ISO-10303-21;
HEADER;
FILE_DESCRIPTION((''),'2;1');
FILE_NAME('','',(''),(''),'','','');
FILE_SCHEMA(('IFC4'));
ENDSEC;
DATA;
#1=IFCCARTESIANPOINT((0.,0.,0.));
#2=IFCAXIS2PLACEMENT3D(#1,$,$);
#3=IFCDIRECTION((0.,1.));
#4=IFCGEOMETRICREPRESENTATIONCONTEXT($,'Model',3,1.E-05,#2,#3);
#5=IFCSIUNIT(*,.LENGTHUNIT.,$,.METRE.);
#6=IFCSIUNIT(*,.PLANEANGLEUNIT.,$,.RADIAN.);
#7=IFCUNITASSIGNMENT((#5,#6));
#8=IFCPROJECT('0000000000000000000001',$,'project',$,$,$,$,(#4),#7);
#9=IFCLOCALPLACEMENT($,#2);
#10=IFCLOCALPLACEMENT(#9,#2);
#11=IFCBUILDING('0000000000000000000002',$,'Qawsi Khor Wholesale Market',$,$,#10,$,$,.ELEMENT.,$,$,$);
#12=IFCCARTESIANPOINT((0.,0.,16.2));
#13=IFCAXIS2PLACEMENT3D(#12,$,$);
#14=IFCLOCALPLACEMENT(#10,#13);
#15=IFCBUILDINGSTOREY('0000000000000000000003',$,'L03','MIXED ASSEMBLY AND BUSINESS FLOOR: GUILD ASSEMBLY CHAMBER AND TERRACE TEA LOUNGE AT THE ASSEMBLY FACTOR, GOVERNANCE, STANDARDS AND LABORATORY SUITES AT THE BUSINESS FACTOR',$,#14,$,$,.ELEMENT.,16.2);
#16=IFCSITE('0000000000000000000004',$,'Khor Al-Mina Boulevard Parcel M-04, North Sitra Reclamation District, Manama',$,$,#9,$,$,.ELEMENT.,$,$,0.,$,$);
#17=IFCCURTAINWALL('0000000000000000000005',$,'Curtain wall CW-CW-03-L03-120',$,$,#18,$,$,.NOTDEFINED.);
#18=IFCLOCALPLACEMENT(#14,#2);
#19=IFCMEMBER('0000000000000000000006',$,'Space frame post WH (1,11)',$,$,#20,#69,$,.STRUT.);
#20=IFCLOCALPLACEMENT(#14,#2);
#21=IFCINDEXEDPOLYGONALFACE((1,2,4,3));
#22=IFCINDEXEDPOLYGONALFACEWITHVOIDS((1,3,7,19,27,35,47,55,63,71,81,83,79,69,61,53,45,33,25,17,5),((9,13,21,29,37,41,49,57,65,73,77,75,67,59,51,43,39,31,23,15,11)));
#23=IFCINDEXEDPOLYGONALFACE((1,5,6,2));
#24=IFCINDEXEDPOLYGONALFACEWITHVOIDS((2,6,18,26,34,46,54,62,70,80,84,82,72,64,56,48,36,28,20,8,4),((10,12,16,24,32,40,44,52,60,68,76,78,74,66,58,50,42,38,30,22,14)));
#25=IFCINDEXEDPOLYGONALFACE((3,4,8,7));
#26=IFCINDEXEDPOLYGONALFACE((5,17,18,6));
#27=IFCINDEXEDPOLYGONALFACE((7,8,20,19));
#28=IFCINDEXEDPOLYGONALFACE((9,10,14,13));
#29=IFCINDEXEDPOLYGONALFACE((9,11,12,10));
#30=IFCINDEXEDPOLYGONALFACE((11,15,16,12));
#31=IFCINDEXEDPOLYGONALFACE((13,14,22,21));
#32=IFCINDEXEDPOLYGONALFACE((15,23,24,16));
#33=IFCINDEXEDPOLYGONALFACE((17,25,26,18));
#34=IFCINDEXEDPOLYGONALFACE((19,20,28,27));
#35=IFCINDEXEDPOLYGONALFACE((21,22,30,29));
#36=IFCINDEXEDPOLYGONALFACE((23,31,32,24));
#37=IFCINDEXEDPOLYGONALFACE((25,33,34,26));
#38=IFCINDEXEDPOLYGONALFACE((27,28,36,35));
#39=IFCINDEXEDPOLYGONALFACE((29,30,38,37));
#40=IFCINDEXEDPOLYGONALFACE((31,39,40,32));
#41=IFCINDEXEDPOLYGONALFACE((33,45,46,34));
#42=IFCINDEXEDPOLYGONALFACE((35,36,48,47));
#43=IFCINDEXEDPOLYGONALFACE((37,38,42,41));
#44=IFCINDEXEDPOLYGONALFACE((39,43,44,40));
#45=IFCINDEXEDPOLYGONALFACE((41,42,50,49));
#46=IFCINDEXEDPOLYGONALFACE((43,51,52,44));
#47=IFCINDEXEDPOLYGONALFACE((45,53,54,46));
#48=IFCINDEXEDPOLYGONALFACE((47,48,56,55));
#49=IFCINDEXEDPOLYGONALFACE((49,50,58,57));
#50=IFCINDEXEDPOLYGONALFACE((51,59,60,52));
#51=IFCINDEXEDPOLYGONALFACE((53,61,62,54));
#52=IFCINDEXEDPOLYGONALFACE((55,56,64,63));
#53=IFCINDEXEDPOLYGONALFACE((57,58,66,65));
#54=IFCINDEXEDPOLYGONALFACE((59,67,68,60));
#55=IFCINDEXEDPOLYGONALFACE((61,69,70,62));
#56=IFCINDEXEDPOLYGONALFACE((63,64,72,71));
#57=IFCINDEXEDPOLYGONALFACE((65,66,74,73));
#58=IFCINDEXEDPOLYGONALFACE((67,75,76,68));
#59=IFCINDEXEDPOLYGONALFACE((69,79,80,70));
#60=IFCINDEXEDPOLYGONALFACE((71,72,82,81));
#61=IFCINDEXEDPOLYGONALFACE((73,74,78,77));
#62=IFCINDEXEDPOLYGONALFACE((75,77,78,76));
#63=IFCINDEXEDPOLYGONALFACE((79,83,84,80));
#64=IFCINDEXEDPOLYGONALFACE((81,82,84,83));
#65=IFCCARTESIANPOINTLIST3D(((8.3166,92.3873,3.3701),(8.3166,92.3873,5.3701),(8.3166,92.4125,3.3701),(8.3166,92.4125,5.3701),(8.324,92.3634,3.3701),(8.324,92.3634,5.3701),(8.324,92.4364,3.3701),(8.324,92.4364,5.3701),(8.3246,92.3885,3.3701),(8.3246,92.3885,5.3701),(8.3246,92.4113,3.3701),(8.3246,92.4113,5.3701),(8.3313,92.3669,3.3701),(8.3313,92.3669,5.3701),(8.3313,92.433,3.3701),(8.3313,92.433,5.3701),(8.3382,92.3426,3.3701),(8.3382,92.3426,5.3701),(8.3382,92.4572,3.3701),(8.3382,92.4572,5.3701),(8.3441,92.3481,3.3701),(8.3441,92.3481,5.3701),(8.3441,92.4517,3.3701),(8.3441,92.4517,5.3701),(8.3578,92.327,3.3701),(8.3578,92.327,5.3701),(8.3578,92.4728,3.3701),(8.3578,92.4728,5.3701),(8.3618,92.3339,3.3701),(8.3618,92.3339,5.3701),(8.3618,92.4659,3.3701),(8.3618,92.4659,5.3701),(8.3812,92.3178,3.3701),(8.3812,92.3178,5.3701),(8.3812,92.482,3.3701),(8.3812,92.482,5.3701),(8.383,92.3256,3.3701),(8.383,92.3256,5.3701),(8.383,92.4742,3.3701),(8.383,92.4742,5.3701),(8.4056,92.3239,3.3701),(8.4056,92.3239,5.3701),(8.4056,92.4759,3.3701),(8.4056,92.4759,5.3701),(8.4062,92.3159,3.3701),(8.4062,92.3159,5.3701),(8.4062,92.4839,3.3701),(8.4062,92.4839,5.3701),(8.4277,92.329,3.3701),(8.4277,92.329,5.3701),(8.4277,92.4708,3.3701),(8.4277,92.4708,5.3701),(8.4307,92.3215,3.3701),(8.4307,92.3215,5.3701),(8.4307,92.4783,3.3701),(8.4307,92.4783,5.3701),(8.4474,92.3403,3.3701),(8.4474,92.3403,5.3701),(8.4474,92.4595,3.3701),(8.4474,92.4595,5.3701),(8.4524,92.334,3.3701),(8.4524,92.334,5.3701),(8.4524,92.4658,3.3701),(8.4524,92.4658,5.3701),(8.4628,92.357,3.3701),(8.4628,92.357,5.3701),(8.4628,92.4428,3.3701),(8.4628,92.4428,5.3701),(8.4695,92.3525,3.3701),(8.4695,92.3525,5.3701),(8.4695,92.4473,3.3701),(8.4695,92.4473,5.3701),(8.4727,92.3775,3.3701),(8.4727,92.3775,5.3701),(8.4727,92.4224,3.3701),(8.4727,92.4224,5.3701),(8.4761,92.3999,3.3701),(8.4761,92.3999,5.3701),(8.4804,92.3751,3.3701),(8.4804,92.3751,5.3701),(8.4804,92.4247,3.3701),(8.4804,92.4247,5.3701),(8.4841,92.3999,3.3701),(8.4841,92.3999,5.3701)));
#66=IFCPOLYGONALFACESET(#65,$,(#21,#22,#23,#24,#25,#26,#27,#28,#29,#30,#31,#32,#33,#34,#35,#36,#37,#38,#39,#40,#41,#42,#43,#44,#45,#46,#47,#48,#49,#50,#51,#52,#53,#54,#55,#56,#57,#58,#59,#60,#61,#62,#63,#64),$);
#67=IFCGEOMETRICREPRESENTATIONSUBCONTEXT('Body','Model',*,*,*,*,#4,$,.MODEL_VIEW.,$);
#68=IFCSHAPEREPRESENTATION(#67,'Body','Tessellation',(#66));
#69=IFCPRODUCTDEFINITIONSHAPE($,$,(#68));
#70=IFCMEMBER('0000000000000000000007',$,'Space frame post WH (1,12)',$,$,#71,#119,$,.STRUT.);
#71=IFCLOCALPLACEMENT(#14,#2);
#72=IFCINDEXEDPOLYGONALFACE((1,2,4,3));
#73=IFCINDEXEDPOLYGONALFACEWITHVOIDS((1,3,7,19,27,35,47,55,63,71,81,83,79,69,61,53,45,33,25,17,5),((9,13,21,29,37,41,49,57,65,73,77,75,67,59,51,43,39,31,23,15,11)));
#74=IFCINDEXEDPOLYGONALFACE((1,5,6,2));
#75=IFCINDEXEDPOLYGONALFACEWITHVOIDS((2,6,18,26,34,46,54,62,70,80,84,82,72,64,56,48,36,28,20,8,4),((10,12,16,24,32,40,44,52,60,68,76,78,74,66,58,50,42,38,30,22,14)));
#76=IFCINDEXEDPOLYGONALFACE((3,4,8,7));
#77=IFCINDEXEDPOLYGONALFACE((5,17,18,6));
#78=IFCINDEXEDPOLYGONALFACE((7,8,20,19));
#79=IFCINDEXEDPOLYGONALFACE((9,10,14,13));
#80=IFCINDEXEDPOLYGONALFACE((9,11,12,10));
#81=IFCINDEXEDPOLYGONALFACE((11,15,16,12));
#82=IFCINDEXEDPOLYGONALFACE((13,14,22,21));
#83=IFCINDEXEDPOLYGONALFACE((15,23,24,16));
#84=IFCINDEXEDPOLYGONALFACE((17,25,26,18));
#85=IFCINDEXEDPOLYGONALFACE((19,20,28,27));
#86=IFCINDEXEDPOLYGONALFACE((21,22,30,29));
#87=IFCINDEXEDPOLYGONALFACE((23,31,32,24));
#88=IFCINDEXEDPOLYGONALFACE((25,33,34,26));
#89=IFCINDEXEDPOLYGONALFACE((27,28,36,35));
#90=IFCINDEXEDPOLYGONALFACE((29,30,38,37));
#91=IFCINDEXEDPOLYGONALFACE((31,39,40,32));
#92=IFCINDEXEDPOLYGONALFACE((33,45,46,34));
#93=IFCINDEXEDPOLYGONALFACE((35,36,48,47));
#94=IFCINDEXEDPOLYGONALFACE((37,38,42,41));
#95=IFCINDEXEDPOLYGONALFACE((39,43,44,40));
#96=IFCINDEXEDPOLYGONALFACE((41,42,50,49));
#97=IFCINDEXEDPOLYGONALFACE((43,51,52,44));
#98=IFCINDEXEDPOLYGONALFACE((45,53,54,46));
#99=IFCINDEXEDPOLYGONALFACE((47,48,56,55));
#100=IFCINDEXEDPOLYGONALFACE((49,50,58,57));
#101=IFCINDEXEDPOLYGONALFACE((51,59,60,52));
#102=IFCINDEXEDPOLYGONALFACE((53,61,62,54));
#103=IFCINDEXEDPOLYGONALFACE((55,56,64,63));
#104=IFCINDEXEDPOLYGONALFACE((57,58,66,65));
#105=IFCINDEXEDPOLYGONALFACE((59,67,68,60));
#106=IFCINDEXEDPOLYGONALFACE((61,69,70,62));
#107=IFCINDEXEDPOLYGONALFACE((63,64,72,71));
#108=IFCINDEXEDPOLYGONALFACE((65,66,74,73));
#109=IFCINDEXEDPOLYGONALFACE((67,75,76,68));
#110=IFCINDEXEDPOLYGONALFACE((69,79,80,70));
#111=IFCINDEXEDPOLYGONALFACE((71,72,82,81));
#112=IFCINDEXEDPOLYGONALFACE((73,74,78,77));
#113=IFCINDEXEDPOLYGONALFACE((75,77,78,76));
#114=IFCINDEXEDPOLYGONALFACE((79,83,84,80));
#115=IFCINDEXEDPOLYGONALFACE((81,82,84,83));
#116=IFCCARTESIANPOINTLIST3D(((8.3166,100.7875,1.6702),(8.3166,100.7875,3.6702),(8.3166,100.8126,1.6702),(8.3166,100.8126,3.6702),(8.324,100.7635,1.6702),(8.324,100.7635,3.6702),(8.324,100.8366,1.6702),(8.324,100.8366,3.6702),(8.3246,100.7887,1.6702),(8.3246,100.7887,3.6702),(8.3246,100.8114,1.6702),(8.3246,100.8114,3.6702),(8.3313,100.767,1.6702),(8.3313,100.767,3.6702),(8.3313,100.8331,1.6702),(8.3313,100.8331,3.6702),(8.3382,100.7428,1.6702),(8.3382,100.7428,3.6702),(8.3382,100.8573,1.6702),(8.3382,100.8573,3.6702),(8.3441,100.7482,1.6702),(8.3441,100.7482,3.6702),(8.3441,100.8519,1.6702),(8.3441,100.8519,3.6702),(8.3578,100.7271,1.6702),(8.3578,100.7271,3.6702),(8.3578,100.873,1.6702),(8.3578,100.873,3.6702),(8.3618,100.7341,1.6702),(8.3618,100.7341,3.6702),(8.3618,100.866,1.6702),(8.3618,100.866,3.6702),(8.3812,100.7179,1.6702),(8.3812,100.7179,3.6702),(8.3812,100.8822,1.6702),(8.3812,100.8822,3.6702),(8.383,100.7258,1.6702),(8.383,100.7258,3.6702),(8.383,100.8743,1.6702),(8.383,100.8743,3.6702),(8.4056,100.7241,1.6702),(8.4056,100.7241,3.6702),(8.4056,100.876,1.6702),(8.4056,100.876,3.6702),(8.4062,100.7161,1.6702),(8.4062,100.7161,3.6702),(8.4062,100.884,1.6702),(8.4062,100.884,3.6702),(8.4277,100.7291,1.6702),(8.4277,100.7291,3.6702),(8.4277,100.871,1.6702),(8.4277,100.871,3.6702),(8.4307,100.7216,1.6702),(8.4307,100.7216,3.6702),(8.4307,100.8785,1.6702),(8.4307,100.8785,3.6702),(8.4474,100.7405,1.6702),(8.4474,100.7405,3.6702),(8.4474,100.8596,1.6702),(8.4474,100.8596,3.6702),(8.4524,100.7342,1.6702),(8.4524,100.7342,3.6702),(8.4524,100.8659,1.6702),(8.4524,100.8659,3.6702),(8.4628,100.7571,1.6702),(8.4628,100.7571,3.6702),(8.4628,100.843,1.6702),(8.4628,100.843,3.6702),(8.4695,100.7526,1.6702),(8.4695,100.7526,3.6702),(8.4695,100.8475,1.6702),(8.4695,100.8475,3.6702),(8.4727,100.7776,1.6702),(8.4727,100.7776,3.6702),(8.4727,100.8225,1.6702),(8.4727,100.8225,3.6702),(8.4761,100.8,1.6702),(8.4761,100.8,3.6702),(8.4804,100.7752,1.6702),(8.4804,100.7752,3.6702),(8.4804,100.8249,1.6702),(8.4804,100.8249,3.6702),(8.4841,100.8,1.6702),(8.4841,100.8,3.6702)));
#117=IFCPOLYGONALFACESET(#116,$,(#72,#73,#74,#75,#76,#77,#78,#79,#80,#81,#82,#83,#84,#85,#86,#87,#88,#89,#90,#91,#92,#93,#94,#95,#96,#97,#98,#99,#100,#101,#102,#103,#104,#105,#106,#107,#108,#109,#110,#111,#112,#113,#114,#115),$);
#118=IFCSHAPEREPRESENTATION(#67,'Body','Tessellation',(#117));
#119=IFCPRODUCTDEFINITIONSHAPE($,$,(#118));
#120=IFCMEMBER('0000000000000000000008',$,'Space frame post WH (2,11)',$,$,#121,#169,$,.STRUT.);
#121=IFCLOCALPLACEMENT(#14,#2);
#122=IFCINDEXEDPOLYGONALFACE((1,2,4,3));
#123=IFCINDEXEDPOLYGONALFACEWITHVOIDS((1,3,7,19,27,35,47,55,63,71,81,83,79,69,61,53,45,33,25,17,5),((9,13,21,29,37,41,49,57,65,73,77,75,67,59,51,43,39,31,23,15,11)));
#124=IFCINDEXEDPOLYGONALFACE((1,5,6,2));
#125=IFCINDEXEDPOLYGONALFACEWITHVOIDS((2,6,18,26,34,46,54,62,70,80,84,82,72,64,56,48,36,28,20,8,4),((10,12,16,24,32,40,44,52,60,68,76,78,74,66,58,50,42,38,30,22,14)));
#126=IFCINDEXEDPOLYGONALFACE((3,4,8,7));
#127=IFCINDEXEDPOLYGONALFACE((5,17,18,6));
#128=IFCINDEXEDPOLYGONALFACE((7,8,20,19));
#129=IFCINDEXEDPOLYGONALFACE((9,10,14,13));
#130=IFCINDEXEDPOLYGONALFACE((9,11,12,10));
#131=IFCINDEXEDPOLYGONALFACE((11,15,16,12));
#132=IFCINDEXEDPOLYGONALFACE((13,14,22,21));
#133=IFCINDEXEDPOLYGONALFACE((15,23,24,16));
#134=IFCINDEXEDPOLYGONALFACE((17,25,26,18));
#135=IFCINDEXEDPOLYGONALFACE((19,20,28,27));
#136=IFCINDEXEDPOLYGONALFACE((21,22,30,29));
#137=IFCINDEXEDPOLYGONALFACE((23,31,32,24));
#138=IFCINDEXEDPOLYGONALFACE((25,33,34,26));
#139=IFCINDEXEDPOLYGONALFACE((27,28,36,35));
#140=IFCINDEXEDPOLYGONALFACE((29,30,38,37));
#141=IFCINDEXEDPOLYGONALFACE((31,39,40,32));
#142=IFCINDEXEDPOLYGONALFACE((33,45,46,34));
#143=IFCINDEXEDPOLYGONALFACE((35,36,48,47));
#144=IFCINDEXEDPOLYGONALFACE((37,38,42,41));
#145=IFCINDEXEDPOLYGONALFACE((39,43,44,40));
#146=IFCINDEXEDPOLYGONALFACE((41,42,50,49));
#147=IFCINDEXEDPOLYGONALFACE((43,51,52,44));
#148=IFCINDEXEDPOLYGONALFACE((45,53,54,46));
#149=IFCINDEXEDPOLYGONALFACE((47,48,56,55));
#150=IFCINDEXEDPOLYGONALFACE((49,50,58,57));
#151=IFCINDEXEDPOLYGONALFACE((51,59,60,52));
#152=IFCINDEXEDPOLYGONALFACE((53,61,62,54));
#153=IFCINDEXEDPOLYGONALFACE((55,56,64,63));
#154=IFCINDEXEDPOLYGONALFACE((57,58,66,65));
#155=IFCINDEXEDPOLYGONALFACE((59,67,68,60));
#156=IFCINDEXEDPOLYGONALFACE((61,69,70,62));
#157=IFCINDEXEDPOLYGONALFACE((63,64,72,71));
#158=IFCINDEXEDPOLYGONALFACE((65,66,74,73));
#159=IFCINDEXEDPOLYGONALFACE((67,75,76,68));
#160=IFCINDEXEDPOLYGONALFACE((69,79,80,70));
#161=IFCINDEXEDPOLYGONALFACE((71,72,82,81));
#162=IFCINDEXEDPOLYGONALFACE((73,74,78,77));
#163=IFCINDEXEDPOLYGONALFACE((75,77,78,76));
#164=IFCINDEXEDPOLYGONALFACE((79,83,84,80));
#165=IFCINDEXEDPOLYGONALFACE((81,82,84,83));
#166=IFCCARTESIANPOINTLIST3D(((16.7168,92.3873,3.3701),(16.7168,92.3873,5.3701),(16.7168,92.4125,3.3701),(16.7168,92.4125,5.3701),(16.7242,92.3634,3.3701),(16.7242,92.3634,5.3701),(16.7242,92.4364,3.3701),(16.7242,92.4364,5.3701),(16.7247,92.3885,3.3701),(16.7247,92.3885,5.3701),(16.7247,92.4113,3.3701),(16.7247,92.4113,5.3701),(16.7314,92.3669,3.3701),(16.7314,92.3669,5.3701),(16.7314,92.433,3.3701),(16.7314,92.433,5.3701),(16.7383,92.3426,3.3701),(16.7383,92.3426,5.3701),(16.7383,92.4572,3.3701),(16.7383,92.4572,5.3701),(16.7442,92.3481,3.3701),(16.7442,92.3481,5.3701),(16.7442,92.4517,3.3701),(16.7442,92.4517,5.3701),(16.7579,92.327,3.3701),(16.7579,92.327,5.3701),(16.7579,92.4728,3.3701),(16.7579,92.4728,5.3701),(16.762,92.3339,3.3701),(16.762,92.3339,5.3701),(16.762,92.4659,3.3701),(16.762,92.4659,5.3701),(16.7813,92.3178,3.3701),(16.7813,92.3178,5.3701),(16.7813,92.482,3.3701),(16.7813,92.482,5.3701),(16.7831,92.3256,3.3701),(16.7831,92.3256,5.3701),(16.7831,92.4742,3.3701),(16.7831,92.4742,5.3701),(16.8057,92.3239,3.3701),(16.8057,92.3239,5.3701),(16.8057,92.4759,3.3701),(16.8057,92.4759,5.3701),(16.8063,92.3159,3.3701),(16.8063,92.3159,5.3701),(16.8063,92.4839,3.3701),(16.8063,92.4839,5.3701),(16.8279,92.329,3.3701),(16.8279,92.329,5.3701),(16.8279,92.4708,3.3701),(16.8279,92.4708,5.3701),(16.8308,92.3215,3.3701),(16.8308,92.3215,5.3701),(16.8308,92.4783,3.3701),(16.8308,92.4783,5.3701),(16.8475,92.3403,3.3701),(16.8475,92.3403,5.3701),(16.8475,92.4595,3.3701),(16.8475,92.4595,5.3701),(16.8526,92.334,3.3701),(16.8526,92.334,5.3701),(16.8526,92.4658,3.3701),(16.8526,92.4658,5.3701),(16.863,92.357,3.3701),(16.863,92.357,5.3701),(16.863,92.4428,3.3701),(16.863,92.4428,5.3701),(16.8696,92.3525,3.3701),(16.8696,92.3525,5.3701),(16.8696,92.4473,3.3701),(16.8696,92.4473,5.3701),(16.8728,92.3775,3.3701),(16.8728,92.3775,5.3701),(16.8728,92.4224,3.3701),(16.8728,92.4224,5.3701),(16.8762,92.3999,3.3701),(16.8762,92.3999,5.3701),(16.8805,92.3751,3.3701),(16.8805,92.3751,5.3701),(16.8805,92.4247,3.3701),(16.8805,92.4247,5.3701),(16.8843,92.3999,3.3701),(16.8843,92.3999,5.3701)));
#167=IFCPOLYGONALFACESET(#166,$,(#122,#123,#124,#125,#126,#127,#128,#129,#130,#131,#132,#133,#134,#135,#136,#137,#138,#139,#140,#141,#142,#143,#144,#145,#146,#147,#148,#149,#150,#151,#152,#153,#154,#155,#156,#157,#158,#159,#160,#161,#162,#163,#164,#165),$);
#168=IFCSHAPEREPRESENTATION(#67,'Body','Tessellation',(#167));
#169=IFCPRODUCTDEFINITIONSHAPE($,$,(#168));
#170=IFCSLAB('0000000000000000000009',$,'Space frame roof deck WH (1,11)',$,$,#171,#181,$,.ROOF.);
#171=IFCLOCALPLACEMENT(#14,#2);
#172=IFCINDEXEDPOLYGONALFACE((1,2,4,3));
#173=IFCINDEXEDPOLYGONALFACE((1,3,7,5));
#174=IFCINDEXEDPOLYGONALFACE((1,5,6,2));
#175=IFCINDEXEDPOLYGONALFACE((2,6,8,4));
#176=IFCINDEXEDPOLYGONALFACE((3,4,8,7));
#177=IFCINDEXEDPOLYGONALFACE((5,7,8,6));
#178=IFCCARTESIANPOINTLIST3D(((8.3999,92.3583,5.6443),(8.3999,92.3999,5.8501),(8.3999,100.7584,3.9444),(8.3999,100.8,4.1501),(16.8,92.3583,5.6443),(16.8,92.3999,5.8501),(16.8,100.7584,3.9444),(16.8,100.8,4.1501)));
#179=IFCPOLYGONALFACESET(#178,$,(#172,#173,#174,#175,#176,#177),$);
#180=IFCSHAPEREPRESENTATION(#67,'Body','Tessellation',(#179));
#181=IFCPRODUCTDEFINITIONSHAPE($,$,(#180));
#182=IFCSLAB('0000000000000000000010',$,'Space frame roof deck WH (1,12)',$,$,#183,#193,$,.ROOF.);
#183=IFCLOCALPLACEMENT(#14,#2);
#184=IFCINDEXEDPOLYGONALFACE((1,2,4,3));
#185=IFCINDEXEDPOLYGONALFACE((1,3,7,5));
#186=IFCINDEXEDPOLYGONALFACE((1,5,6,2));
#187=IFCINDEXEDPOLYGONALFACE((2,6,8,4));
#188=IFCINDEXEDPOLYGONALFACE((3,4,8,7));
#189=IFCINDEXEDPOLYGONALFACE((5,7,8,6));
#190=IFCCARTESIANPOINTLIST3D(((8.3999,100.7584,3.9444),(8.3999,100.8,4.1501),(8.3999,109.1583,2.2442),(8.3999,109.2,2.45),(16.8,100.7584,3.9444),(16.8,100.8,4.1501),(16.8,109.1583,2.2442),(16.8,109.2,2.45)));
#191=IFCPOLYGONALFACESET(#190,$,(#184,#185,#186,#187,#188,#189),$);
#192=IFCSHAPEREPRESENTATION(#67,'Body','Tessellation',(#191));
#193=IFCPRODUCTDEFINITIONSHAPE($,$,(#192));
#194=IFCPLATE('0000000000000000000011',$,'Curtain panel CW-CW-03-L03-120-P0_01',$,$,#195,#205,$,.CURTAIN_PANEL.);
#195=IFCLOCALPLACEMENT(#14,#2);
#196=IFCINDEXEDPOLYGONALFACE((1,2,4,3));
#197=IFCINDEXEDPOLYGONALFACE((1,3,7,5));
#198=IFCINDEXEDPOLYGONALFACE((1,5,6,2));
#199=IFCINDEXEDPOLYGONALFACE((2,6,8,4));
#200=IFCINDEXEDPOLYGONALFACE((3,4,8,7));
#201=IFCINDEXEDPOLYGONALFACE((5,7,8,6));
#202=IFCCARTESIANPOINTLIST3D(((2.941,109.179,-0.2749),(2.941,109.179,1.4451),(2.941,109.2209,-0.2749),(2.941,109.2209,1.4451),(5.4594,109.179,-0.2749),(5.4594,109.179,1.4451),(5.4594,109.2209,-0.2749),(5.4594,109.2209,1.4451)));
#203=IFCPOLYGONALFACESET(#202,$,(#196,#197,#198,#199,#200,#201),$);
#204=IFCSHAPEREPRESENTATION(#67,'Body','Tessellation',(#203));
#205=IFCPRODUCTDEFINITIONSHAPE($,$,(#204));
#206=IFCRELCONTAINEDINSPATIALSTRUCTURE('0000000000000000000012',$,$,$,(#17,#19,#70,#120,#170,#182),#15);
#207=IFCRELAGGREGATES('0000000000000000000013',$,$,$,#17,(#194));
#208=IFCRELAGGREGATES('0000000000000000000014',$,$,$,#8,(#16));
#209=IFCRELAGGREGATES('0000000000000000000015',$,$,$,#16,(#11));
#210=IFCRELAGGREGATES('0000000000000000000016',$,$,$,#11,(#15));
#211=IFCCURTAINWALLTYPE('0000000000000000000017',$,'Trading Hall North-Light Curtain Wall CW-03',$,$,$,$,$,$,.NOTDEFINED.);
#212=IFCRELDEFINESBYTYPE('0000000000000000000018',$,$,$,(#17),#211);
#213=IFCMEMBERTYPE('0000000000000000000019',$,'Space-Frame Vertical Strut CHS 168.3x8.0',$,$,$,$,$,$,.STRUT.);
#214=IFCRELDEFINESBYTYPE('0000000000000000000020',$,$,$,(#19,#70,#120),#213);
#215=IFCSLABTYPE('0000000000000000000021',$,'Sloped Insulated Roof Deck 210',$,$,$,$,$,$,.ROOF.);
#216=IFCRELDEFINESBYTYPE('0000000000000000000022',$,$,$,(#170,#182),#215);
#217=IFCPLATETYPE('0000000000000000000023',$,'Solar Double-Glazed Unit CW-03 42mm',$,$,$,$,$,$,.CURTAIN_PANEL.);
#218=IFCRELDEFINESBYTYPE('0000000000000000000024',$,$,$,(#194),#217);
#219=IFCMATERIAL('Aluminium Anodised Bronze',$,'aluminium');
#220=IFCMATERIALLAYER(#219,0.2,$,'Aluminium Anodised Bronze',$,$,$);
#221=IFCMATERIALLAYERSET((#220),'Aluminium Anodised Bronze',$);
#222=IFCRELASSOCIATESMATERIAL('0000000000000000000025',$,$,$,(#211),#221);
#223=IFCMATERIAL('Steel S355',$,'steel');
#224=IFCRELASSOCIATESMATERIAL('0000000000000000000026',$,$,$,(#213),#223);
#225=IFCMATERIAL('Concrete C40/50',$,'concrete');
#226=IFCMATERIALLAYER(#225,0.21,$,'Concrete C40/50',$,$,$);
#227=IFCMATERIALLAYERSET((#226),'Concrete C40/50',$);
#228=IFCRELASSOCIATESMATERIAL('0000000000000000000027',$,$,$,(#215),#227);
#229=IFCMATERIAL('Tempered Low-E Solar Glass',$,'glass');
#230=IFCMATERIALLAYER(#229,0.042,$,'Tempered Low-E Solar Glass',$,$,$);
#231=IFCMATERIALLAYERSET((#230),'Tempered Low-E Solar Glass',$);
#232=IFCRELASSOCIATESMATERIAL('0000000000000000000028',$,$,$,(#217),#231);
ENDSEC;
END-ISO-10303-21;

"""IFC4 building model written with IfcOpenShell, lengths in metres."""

from ifc_helpers import new_model, si_unit, direction, frame, frame_2d, origin, origin_2d, place, context, subcontext, project, spatial, polyline, rectangle, hollow_circle, outline, extrude, material, layer, layer_set, material_profile, profile_set, type_object, element, aggregate, save


model = new_model("IFC4")

# Units and contexts
model_context = context("Model", 3, precision=1e-05, world=origin(), true_north=direction((0.0, 1.0)))
body_context = subcontext(model_context, "Body", "Model", "MODEL_VIEW")
ifc_project = project(units=[si_unit("LENGTHUNIT", "METRE"), si_unit("PLANEANGLEUNIT", "RADIAN")], contexts=[model_context])

# Site, building, storey
site_placement = place(None, origin())
site = spatial("IfcSite", under=ifc_project, at=site_placement, Name="Khor Al-Mina Boulevard Parcel M-04, North Sitra Reclamation District, Manama", CompositionType="ELEMENT", RefElevation=0.0)
building_placement = place(site_placement, origin())
building = spatial("IfcBuilding", under=site, at=building_placement, Name="Qawsi Khor Wholesale Market", CompositionType="ELEMENT")
storey_placement = place(building_placement, frame((0.0, 0.0, 16.2)))
storey = spatial("IfcBuildingStorey", under=building, at=storey_placement, Name="L03", Description="MIXED ASSEMBLY AND BUSINESS FLOOR: GUILD ASSEMBLY CHAMBER AND TERRACE TEA LOUNGE AT THE ASSEMBLY FACTOR, GOVERNANCE, STANDARDS AND LABORATORY SUITES AT THE BUSINESS FACTOR", CompositionType="ELEMENT", Elevation=16.2)

# Shared definitions
ifc_material_1 = material(Name="Concrete C40/50", Category="concrete")

# Curtain wall
ifc_material_2 = material(Name="Aluminium Anodised Bronze", Category="aluminium")
ifc_layer_1 = layer(ifc_material_2, 0.2, Name="Aluminium Anodised Bronze")
ifc_layer_set_1 = layer_set([ifc_layer_1], Name="Aluminium Anodised Bronze")
curtain_wall_type = type_object("IfcCurtainWallType", Name="Trading Hall North-Light Curtain Wall CW-03", PredefinedType="NOTDEFINED", material=ifc_layer_set_1)
curtain_wall_placement = place(storey_placement, origin())
curtain_wall = element("IfcCurtainWall", 1, at=curtain_wall_placement, inside=storey, type_object=curtain_wall_type, Name="Curtain wall CW-CW-03-L03-120", PredefinedType="NOTDEFINED")

# Members
ifc_material_3 = material(Name="Steel S355", Category="steel")
ifc_material_profile_1 = material_profile(ifc_material_3, hollow_circle(Radius=0.0842, WallThickness=0.0081, at=origin_2d()), Name="CHS 168.3x8.0")
ifc_profile_set_1 = profile_set([ifc_material_profile_1], Name="Steel S355")
member_type_1 = type_object("IfcMemberType", Name="Space-Frame Vertical Strut CHS 168.3x8.0", PredefinedType="STRUT", material=ifc_profile_set_1)
for number, where, z_axis, x_axis, name in (
    (2, (8.3999, 92.3999, 3.3701), (0.0, 0.0, 1.0), (1.0, 0.0, 0.0), "Space frame post WH (1,11)"),
    (3, (8.3999, 100.8, 1.6702), (0.0, 0.0, 1.0), (1.0, 0.0, 0.0), "Space frame post WH (1,12)"),
    (4, (16.8, 92.3999, 3.3701), (0.0, 0.0, 1.0), (1.0, 0.0, 0.0), "Space frame post WH (2,11)"),
):
    element("IfcMember", number, at=place(storey_placement, frame(where, z_axis=z_axis, x_axis=x_axis)), inside=storey, type_object=member_type_1, Name=name, PredefinedType="STRUT", context=body_context, shape_type="SweptSolid", body=[
        extrude(hollow_circle(Radius=0.0842, WallThickness=0.0081, at=origin_2d()), origin(), (0.0, 0.0, 1.0), 2.0),
    ])

# Slabs
ifc_layer_2 = layer(ifc_material_1, 0.21, Name="Concrete C40/50")
ifc_layer_set_2 = layer_set([ifc_layer_2], Name="Concrete C40/50")
slab_type = type_object("IfcSlabType", Name="Sloped Insulated Roof Deck 210", PredefinedType="ROOF", material=ifc_layer_set_2)
slab_1_placement = place(storey_placement, frame((8.3999, 92.3999, 5.8501), z_axis=(0.0, 0.198351, 0.980131), x_axis=(1.0, 0.0, 0.0)))
element("IfcSlab", 5, at=slab_1_placement, inside=storey, type_object=slab_type, Name="Space frame roof deck WH (1,11)", PredefinedType="ROOF", context=body_context, shape_type="SweptSolid", body=[
    extrude(outline(polyline([(0.0, 0.0), (8.4001, 0.0), (8.4001, 8.5704), (0.0, 8.5704), (0.0, 0.0)])), origin(), (0.0, 0.0, -1.0), 0.21),
])
slab_2_placement = place(storey_placement, frame((8.3999, 100.8, 4.1501), z_axis=(0.0, 0.198384, 0.980124), x_axis=(1.0, 0.0, 0.0)))
element("IfcSlab", 6, at=slab_2_placement, inside=storey, type_object=slab_type, Name="Space frame roof deck WH (1,12)", PredefinedType="ROOF", context=body_context, shape_type="SweptSolid", body=[
    extrude(outline(polyline([(0.0, 0.0), (8.4001, 0.0), (8.4001, 8.5702), (0.0, 8.5702), (0.0, 0.0)])), origin(), (0.0, 0.0, -1.0), 0.21),
])

# Plate
ifc_material_4 = material(Name="Tempered Low-E Solar Glass", Category="glass")
ifc_layer_3 = layer(ifc_material_4, 0.042, Name="Tempered Low-E Solar Glass")
ifc_layer_set_3 = layer_set([ifc_layer_3], Name="Tempered Low-E Solar Glass")
plate_type = type_object("IfcPlateType", Name="Solar Double-Glazed Unit CW-03 42mm", PredefinedType="CURTAIN_PANEL", material=ifc_layer_set_3)
plate_placement = place(storey_placement, frame((2.9409, 109.2, -0.2749), z_axis=(0.0, 0.0, 1.0), x_axis=(1.0, 0.0, 0.0)))
plate = element("IfcPlate", 7, at=plate_placement, type_object=plate_type, Name="Curtain panel CW-CW-03-L03-120-P0_01", PredefinedType="CURTAIN_PANEL", context=body_context, shape_type="SweptSolid", body=[
    extrude(rectangle(XDim=2.5183, YDim=0.042, at=frame_2d((1.2593, 0.0))), origin(), (0.0, 0.0, 1.0), 1.72),
])
aggregate(curtain_wall, [plate])

save(model, "model.ifc")
